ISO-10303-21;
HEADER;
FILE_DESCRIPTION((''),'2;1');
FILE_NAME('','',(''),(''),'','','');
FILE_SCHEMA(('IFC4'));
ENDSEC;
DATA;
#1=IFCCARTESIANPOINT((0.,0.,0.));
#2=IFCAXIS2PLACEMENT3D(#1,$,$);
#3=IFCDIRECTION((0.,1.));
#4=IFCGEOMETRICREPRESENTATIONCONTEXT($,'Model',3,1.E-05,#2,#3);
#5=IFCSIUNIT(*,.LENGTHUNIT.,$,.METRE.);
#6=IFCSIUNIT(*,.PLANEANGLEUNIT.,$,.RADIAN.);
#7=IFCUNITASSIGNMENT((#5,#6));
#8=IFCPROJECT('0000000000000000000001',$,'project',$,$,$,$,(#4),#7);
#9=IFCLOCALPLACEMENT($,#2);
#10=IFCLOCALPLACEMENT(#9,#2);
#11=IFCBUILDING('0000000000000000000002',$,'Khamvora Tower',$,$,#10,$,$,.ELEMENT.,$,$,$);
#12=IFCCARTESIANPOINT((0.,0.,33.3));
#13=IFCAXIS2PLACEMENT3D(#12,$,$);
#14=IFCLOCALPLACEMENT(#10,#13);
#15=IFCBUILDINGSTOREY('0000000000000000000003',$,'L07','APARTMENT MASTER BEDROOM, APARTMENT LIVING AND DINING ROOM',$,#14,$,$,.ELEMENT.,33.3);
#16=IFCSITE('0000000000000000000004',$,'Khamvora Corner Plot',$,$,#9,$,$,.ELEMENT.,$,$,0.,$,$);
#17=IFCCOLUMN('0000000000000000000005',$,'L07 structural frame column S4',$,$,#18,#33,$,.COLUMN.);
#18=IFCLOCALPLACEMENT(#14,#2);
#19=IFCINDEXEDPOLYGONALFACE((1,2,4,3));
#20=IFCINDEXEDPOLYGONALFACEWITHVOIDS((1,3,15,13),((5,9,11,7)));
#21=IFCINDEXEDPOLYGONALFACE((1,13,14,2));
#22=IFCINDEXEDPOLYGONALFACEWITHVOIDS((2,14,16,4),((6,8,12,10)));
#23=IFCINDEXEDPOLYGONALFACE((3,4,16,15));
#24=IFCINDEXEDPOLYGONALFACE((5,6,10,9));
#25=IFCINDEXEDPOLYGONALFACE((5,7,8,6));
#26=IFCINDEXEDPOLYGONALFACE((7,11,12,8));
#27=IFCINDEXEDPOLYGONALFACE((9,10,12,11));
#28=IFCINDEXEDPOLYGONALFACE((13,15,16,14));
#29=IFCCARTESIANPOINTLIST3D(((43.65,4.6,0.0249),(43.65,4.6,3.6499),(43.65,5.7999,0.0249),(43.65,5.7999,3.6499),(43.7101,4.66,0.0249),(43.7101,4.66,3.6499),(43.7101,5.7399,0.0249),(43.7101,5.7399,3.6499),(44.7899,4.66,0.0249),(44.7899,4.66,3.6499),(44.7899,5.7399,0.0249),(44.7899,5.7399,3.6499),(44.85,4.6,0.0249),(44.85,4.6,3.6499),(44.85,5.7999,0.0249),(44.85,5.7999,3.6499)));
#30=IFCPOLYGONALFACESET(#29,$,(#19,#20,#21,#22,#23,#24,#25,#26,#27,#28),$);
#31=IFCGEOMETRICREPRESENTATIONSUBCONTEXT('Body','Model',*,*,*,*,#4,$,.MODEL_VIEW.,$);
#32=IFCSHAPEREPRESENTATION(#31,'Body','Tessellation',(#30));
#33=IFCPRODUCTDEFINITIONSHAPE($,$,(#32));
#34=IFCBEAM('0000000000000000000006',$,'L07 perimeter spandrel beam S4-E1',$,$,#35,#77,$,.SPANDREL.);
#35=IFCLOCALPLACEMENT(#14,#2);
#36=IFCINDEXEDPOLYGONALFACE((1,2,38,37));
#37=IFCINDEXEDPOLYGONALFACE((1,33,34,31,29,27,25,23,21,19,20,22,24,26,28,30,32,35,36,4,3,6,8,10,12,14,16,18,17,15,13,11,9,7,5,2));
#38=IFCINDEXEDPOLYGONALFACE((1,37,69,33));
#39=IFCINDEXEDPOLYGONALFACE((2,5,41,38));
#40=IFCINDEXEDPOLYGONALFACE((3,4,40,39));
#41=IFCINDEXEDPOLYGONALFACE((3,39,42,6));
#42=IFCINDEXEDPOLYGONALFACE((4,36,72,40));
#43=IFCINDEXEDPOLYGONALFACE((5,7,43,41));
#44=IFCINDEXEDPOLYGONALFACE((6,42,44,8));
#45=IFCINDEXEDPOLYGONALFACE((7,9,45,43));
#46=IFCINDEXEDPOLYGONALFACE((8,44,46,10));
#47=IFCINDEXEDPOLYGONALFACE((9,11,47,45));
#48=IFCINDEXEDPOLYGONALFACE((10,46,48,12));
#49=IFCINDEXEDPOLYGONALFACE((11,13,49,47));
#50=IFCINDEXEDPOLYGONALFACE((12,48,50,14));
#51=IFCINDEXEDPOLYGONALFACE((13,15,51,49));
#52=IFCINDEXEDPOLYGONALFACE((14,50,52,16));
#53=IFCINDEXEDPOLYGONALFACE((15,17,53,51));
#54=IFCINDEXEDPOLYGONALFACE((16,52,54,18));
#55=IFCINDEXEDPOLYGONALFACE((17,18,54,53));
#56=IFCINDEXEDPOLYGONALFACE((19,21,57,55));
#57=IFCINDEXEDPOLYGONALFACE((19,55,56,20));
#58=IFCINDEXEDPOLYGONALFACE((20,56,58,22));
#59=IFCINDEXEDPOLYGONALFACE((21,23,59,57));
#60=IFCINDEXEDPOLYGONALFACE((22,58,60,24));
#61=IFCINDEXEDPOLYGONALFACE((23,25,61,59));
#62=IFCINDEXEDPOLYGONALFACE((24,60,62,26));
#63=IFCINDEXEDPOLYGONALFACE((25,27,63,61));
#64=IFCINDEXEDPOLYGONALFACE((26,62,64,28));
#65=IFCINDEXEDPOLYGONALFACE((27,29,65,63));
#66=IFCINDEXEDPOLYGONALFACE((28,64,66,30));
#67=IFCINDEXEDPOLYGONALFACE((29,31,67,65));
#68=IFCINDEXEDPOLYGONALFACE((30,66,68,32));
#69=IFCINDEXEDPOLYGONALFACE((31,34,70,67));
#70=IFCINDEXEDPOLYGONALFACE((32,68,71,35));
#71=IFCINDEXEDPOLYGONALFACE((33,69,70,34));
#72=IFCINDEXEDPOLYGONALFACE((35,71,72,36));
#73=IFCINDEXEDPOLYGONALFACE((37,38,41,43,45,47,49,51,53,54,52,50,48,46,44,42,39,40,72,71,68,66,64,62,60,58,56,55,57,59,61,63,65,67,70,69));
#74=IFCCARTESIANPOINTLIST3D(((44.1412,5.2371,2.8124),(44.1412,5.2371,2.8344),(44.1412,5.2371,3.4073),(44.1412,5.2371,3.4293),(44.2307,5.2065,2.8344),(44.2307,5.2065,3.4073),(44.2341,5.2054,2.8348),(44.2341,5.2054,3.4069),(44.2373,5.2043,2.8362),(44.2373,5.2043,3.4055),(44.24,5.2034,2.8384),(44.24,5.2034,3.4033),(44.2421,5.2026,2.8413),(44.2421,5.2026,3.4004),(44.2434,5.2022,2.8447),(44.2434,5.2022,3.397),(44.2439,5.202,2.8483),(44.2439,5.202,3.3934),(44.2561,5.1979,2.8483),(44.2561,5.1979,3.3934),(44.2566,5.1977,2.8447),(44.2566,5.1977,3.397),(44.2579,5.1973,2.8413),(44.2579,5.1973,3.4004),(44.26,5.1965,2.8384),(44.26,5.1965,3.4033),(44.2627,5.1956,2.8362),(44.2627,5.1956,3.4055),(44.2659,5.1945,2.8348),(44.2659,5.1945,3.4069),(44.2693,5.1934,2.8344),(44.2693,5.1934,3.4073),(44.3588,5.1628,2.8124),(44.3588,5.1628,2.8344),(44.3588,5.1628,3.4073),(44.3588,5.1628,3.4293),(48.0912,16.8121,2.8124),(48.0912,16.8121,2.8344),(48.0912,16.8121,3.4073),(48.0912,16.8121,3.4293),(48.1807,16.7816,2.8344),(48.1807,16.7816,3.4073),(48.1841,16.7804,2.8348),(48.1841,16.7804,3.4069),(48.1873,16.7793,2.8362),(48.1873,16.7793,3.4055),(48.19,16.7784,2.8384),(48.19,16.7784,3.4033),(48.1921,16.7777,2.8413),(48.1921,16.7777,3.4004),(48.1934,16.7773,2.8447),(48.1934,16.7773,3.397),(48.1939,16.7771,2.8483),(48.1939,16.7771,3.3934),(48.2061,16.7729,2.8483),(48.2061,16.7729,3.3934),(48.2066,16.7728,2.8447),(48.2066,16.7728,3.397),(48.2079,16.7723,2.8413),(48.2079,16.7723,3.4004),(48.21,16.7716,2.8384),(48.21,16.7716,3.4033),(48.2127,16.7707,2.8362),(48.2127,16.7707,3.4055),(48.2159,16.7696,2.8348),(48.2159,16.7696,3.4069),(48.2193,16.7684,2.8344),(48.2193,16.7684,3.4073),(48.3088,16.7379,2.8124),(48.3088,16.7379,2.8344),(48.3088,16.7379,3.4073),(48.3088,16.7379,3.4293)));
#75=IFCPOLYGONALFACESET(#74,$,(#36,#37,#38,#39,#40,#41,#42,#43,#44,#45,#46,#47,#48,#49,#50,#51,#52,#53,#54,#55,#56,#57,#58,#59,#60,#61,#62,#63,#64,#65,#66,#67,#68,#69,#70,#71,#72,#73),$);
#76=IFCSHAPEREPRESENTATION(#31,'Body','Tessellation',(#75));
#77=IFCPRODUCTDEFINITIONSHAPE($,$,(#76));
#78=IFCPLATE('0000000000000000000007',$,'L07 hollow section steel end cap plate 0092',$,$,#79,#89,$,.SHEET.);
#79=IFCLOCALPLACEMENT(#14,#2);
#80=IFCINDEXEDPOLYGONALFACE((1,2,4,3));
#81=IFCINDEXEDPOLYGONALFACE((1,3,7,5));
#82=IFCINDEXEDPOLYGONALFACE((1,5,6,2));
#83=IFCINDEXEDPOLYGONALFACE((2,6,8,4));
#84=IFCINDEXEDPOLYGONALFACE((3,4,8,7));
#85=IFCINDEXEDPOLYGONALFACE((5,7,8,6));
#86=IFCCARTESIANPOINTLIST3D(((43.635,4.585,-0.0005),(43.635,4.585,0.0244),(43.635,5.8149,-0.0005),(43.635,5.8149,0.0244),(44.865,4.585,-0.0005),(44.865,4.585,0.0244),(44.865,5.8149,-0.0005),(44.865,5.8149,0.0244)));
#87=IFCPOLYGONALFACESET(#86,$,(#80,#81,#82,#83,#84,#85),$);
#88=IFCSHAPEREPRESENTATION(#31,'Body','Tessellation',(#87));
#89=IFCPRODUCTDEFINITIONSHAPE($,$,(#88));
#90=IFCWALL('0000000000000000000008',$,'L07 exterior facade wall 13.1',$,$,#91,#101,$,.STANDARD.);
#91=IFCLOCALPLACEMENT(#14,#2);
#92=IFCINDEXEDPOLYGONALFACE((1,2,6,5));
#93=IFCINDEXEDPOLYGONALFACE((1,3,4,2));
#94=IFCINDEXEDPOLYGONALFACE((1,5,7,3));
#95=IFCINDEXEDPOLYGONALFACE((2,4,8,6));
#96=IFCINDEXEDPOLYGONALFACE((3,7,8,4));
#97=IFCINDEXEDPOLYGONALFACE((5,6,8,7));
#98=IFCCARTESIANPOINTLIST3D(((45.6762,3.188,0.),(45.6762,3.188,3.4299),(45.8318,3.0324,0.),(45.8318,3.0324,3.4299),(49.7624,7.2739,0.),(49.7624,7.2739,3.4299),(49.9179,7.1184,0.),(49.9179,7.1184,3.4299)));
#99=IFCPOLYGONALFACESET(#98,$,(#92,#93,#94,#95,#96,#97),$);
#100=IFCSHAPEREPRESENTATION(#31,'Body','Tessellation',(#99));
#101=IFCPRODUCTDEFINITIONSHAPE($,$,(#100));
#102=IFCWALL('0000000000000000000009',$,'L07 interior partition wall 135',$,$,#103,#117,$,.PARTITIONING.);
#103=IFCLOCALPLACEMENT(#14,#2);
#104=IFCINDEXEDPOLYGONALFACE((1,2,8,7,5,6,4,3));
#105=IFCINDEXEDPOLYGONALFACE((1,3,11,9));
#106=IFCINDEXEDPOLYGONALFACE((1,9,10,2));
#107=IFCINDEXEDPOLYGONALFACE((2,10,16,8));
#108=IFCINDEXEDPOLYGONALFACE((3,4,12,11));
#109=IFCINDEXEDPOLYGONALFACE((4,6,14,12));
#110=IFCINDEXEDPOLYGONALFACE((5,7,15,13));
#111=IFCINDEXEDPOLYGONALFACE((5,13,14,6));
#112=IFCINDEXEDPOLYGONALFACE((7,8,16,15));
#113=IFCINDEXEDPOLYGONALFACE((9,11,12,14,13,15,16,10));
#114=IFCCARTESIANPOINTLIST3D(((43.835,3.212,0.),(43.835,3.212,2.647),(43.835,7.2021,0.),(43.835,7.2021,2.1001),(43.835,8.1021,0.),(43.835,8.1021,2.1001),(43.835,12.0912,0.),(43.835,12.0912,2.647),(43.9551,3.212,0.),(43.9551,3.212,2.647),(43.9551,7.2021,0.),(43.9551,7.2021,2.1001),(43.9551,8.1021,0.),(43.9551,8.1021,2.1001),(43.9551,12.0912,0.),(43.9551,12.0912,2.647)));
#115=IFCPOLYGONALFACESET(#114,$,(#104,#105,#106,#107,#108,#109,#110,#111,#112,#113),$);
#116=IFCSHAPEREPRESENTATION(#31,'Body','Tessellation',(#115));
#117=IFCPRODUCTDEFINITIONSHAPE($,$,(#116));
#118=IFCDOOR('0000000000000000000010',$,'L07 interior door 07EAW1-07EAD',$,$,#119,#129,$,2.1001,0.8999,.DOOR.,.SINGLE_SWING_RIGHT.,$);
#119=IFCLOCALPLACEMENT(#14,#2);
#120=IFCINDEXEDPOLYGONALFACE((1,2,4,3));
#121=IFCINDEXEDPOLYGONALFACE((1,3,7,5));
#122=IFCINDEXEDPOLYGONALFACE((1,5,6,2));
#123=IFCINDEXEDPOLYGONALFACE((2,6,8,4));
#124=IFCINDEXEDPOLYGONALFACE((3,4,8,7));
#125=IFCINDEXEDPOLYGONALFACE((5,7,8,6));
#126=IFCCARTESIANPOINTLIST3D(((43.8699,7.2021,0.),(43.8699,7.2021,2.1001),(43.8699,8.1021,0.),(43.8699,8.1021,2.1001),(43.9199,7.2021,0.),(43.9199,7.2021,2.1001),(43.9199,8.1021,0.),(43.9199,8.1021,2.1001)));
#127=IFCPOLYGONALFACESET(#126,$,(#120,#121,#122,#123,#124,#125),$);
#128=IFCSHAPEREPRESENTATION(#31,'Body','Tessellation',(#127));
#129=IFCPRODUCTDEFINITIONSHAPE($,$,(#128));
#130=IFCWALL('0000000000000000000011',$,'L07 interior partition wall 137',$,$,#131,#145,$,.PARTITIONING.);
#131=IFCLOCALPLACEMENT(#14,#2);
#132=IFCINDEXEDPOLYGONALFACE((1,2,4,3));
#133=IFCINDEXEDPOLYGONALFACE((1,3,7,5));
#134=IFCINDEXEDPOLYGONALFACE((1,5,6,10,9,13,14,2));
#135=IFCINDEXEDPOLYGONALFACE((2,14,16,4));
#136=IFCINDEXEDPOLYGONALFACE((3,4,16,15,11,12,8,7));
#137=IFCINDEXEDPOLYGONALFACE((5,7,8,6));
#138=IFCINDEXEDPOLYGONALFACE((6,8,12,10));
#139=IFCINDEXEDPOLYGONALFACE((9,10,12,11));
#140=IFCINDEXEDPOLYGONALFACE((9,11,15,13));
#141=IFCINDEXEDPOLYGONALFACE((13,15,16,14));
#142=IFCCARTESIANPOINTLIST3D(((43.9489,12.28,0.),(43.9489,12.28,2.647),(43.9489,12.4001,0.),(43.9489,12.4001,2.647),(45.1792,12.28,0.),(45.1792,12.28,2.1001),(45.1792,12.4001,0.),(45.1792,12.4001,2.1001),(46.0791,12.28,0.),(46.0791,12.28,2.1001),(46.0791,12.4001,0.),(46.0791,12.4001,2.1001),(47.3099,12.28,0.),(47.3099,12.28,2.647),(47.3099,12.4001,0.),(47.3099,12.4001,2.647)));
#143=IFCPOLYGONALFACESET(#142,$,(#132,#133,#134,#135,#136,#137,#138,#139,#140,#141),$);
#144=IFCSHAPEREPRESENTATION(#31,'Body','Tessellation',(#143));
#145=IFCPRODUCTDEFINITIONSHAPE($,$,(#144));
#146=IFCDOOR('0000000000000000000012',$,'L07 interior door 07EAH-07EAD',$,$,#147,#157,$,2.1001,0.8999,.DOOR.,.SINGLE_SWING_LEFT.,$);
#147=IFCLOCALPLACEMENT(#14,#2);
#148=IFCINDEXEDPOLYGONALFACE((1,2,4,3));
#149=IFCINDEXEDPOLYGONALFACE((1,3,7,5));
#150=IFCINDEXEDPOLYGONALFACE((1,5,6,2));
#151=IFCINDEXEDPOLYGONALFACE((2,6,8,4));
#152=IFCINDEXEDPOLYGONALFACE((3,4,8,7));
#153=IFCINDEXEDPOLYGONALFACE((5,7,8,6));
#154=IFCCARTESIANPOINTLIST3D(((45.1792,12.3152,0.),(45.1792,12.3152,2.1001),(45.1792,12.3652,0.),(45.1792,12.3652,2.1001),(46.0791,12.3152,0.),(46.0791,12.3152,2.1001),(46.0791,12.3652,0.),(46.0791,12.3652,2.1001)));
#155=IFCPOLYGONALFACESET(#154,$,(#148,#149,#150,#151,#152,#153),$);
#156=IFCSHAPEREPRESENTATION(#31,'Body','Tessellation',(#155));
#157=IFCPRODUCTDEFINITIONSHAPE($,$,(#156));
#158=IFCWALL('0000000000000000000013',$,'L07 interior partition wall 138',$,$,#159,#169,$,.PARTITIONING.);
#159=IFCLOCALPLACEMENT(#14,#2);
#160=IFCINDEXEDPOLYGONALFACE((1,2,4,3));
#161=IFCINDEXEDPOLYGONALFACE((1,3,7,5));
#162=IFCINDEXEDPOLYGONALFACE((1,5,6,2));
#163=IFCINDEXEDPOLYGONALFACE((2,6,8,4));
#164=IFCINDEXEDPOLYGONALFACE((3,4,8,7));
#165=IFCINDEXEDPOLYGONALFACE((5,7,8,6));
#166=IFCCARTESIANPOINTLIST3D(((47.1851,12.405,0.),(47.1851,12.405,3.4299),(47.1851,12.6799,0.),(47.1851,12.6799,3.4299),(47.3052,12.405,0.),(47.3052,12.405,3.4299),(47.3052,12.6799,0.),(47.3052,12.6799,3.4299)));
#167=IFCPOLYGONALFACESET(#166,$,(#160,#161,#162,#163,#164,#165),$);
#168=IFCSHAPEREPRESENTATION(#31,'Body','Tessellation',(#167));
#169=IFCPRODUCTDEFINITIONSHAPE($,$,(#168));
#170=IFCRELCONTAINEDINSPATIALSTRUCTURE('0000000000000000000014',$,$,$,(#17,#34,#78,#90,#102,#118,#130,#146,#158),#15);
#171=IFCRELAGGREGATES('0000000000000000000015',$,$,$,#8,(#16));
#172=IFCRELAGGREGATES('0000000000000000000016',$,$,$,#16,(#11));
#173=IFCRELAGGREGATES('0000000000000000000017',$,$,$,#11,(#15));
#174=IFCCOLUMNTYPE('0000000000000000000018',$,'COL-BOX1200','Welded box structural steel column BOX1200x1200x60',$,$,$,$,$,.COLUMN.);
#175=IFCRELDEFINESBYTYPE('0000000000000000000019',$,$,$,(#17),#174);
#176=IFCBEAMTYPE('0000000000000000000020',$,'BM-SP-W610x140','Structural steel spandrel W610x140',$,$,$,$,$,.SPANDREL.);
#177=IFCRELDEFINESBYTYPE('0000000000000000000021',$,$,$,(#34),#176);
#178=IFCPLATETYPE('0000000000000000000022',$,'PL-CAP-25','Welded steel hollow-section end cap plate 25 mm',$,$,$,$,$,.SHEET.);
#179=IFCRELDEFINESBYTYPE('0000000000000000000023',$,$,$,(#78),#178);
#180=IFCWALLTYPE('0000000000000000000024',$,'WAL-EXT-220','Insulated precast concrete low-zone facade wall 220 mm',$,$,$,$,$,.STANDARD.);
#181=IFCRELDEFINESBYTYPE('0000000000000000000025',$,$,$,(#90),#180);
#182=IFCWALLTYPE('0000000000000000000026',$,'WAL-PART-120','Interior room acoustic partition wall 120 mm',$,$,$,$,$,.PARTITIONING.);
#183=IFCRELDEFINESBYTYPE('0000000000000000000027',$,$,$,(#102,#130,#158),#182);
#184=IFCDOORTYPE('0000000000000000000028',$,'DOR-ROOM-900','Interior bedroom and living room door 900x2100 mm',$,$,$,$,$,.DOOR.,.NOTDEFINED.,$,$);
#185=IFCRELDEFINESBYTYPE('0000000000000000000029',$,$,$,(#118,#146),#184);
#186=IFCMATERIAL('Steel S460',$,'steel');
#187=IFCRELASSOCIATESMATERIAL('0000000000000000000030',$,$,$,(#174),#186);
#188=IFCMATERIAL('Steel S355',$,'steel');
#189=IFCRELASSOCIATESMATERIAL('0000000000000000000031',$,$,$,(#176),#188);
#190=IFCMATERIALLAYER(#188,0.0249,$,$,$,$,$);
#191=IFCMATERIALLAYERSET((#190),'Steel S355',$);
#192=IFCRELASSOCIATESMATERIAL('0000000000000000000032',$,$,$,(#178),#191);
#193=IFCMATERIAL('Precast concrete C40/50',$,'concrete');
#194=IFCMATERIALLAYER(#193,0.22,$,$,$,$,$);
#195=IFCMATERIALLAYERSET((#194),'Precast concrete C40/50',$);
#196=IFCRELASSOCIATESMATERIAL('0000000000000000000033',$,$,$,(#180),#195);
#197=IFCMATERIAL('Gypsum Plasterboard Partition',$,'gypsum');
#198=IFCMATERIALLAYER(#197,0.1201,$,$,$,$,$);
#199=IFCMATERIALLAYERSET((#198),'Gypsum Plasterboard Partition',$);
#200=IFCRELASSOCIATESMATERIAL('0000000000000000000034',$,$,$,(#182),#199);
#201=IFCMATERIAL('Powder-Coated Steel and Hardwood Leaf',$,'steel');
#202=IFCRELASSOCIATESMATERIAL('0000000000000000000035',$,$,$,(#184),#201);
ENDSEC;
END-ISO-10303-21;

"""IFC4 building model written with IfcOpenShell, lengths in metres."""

from ifc_helpers import new_model, si_unit, direction, frame, frame_2d, origin, origin_2d, place, context, subcontext, project, spatial, rectangle, hollow_rectangle, i_section, extrude, material, layer, layer_set, material_profile, profile_set, type_object, element, fill, save


model = new_model("IFC4")

# Units and contexts
model_context = context("Model", 3, precision=1e-05, world=origin(), true_north=direction((0.0, 1.0)))
body_context = subcontext(model_context, "Body", "Model", "MODEL_VIEW")
ifc_project = project(units=[si_unit("LENGTHUNIT", "METRE"), si_unit("PLANEANGLEUNIT", "RADIAN")], contexts=[model_context])

# Site, building, storey
site_placement = place(None, origin())
site = spatial("IfcSite", under=ifc_project, at=site_placement, Name="Khamvora Corner Plot", CompositionType="ELEMENT", RefElevation=0.0)
building_placement = place(site_placement, origin())
building = spatial("IfcBuilding", under=site, at=building_placement, Name="Khamvora Tower", CompositionType="ELEMENT")
storey_placement = place(building_placement, frame((0.0, 0.0, 33.3)))
storey = spatial("IfcBuildingStorey", under=building, at=storey_placement, Name="L07", Description="APARTMENT MASTER BEDROOM, APARTMENT LIVING AND DINING ROOM", CompositionType="ELEMENT", Elevation=33.3)

# Column
ifc_material_1 = material(Name="Steel S460", Category="steel")
ifc_material_profile_1 = material_profile(ifc_material_1, hollow_rectangle(XDim=1.2, YDim=1.2, WallThickness=0.0601, at=origin_2d()), Name="BOX1200x1200x60")
ifc_profile_set_1 = profile_set([ifc_material_profile_1], Name="Steel S460")
column_type = type_object("IfcColumnType", Name="COL-BOX1200", Description="Welded box structural steel column BOX1200x1200x60", PredefinedType="COLUMN", material=ifc_profile_set_1)
column_placement = place(storey_placement, frame((44.25, 5.2, 0.0249), z_axis=(0.0, 0.0, 1.0), x_axis=(1.0, 0.0, 0.0)))
element("IfcColumn", 1, at=column_placement, inside=storey, type_object=column_type, Name="L07 structural frame column S4", PredefinedType="COLUMN", context=body_context, shape_type="SweptSolid", body=[
    extrude(hollow_rectangle(XDim=1.2, YDim=1.2, WallThickness=0.0601, at=origin_2d()), origin(), (0.0, 0.0, 1.0), 3.625),
])

# Beam
ifc_material_2 = material(Name="Steel S355", Category="steel")
ifc_material_profile_2 = material_profile(ifc_material_2, i_section(OverallWidth=0.23, OverallDepth=0.6169, WebThickness=0.0129, FlangeThickness=0.022, FilletRadius=0.0139, at=origin_2d()), Name="W610x140")
ifc_profile_set_2 = profile_set([ifc_material_profile_2], Name="Steel S355")
beam_type = type_object("IfcBeamType", Name="BM-SP-W610x140", Description="Structural steel spandrel W610x140", PredefinedType="SPANDREL", material=ifc_profile_set_2)
beam_placement = place(storey_placement, frame((44.25, 5.2, 3.1208), z_axis=(0.322963, 0.946412, 0.0), x_axis=(-0.946412, 0.322963, 0.0)))
element("IfcBeam", 2, at=beam_placement, inside=storey, type_object=beam_type, Name="L07 perimeter spandrel beam S4-E1", PredefinedType="SPANDREL", context=body_context, shape_type="SweptSolid", body=[
    extrude(i_section(OverallWidth=0.23, OverallDepth=0.6169, WebThickness=0.0129, FlangeThickness=0.022, FilletRadius=0.0139, at=origin_2d()), origin(), (0.0, 0.0, 1.0), 12.2305),
])

# Plate
ifc_layer_1 = layer(ifc_material_2, 0.0249)
ifc_layer_set_1 = layer_set([ifc_layer_1], Name="Steel S355")
plate_type = type_object("IfcPlateType", Name="PL-CAP-25", Description="Welded steel hollow-section end cap plate 25 mm", PredefinedType="SHEET", material=ifc_layer_set_1)
plate_placement = place(storey_placement, frame((44.25, 5.2, -0.0005), z_axis=(0.0, 0.0, 1.0), x_axis=(1.0, 0.0, 0.0)))
element("IfcPlate", 3, at=plate_placement, inside=storey, type_object=plate_type, Name="L07 hollow section steel end cap plate 0092", PredefinedType="SHEET", context=body_context, shape_type="SweptSolid", body=[
    extrude(rectangle(XDim=1.23, YDim=1.23, at=origin_2d()), origin(), (0.0, 0.0, 1.0), 0.0249),
])

# Wall
ifc_material_3 = material(Name="Precast concrete C40/50", Category="concrete")
ifc_layer_2 = layer(ifc_material_3, 0.22)
ifc_layer_set_2 = layer_set([ifc_layer_2], Name="Precast concrete C40/50")
wall_type_1 = type_object("IfcWallType", Name="WAL-EXT-220", Description="Insulated precast concrete low-zone facade wall 220 mm", PredefinedType="STANDARD", material=ifc_layer_set_2)
wall_1_placement = place(storey_placement, frame((49.8401, 7.196, 0.0), z_axis=(0.0, 0.0, 1.0), x_axis=(-0.707128, -0.707086, 0.0)))
element("IfcWall", 4, at=wall_1_placement, inside=storey, type_object=wall_type_1, Name="L07 exterior facade wall 13.1", PredefinedType="STANDARD", context=body_context, shape_type="SweptSolid", body=[
    extrude(rectangle(XDim=5.7786, YDim=0.22, at=frame_2d((2.8892, 0.0))), origin(), (0.0, 0.0, 1.0), 3.4299),
])

# Walls, openings, doors
ifc_material_4 = material(Name="Gypsum Plasterboard Partition", Category="gypsum")
ifc_layer_3 = layer(ifc_material_4, 0.1201)
ifc_layer_set_3 = layer_set([ifc_layer_3], Name="Gypsum Plasterboard Partition")
wall_type_2 = type_object("IfcWallType", Name="WAL-PART-120", Description="Interior room acoustic partition wall 120 mm", PredefinedType="PARTITIONING", material=ifc_layer_set_3)
wall_2_placement = place(storey_placement, frame((43.895, 12.0911, 0.0), z_axis=(0.0, 0.0, 1.0), x_axis=(0.0, -1.0, 0.0)))
wall_2 = element("IfcWall", 5, at=wall_2_placement, inside=storey, type_object=wall_type_2, Name="L07 interior partition wall 135", PredefinedType="PARTITIONING", context=body_context, shape_type="SweptSolid", body=[
    extrude(rectangle(XDim=8.8792, YDim=0.1201, at=frame_2d((4.4395, 0.0))), origin(), (0.0, 0.0, 1.0), 2.647),
])
opening_1_placement = place(wall_2_placement, frame((3.989, 0.0, 0.0)))
opening_1 = element("IfcOpeningElement", 6, at=opening_1_placement, cuts=wall_2, PredefinedType="OPENING", context=body_context, shape_type="SweptSolid", body=[
    extrude(rectangle(XDim=0.8999, YDim=2.1001, at=frame_2d((0.45, 1.05))), frame((0.0, 0.0701, 0.0), z_axis=(0.0, -1.0, 0.0), x_axis=(1.0, 0.0, 0.0)), (0.0, 0.0, 1.0), 0.1401),
])
ifc_material_5 = material(Name="Powder-Coated Steel and Hardwood Leaf", Category="steel")
door_type_1 = type_object("IfcDoorType", Name="DOR-ROOM-900", Description="Interior bedroom and living room door 900x2100 mm", OperationType="NOTDEFINED", PredefinedType="DOOR", material=ifc_material_5)
door_1_placement = place(opening_1_placement, origin())
door_1 = element("IfcDoor", 7, at=door_1_placement, inside=storey, type_object=door_type_1, Name="L07 interior door 07EAW1-07EAD", OperationType="SINGLE_SWING_RIGHT", OverallHeight=2.1001, OverallWidth=0.8999, PredefinedType="DOOR", context=body_context, shape_type="SweptSolid", body=[
    extrude(rectangle(XDim=0.8999, YDim=2.1001, at=frame_2d((0.45, 1.05))), frame((0.0, 0.0249, 0.0), z_axis=(0.0, -1.0, 0.0), x_axis=(1.0, 0.0, 0.0)), (0.0, 0.0, 1.0), 0.05),
])
fill(opening_1, door_1)
wall_3_placement = place(storey_placement, frame((47.3101, 12.3401, 0.0), z_axis=(0.0, 0.0, 1.0), x_axis=(-1.0, 0.0, 0.0)))
wall_3 = element("IfcWall", 8, at=wall_3_placement, inside=storey, type_object=wall_type_2, Name="L07 interior partition wall 137", PredefinedType="PARTITIONING", context=body_context, shape_type="SweptSolid", body=[
    extrude(rectangle(XDim=3.3611, YDim=0.1201, at=frame_2d((1.6807, 0.0))), origin(), (0.0, 0.0, 1.0), 2.647),
])
opening_2_placement = place(wall_3_placement, frame((1.231, 0.0, 0.0)))
opening_2 = element("IfcOpeningElement", 9, at=opening_2_placement, cuts=wall_3, PredefinedType="OPENING", context=body_context, shape_type="SweptSolid", body=[
    extrude(rectangle(XDim=0.8999, YDim=2.1001, at=frame_2d((0.45, 1.05))), frame((0.0, 0.0701, 0.0), z_axis=(0.0, -1.0, 0.0), x_axis=(1.0, 0.0, 0.0)), (0.0, 0.0, 1.0), 0.1401),
])
door_2_placement = place(opening_2_placement, origin())
door_2 = element("IfcDoor", 10, at=door_2_placement, inside=storey, type_object=door_type_1, Name="L07 interior door 07EAH-07EAD", OperationType="SINGLE_SWING_LEFT", OverallHeight=2.1001, OverallWidth=0.8999, PredefinedType="DOOR", context=body_context, shape_type="SweptSolid", body=[
    extrude(rectangle(XDim=0.8999, YDim=2.1001, at=frame_2d((0.45, 1.05))), frame((0.0, 0.0249, 0.0), z_axis=(0.0, -1.0, 0.0), x_axis=(1.0, 0.0, 0.0)), (0.0, 0.0, 1.0), 0.05),
])
fill(opening_2, door_2)

# Wall
wall_4_placement = place(storey_placement, frame((47.2451, 12.6799, 0.0), z_axis=(0.0, 0.0, 1.0), x_axis=(0.0, -1.0, 0.0)))
element("IfcWall", 11, at=wall_4_placement, inside=storey, type_object=wall_type_2, Name="L07 interior partition wall 138", PredefinedType="PARTITIONING", context=body_context, shape_type="SweptSolid", body=[
    extrude(rectangle(XDim=0.2749, YDim=0.1201, at=frame_2d((0.1375, 0.0))), origin(), (0.0, 0.0, 1.0), 3.4299),
])

save(model, "model.ifc")
